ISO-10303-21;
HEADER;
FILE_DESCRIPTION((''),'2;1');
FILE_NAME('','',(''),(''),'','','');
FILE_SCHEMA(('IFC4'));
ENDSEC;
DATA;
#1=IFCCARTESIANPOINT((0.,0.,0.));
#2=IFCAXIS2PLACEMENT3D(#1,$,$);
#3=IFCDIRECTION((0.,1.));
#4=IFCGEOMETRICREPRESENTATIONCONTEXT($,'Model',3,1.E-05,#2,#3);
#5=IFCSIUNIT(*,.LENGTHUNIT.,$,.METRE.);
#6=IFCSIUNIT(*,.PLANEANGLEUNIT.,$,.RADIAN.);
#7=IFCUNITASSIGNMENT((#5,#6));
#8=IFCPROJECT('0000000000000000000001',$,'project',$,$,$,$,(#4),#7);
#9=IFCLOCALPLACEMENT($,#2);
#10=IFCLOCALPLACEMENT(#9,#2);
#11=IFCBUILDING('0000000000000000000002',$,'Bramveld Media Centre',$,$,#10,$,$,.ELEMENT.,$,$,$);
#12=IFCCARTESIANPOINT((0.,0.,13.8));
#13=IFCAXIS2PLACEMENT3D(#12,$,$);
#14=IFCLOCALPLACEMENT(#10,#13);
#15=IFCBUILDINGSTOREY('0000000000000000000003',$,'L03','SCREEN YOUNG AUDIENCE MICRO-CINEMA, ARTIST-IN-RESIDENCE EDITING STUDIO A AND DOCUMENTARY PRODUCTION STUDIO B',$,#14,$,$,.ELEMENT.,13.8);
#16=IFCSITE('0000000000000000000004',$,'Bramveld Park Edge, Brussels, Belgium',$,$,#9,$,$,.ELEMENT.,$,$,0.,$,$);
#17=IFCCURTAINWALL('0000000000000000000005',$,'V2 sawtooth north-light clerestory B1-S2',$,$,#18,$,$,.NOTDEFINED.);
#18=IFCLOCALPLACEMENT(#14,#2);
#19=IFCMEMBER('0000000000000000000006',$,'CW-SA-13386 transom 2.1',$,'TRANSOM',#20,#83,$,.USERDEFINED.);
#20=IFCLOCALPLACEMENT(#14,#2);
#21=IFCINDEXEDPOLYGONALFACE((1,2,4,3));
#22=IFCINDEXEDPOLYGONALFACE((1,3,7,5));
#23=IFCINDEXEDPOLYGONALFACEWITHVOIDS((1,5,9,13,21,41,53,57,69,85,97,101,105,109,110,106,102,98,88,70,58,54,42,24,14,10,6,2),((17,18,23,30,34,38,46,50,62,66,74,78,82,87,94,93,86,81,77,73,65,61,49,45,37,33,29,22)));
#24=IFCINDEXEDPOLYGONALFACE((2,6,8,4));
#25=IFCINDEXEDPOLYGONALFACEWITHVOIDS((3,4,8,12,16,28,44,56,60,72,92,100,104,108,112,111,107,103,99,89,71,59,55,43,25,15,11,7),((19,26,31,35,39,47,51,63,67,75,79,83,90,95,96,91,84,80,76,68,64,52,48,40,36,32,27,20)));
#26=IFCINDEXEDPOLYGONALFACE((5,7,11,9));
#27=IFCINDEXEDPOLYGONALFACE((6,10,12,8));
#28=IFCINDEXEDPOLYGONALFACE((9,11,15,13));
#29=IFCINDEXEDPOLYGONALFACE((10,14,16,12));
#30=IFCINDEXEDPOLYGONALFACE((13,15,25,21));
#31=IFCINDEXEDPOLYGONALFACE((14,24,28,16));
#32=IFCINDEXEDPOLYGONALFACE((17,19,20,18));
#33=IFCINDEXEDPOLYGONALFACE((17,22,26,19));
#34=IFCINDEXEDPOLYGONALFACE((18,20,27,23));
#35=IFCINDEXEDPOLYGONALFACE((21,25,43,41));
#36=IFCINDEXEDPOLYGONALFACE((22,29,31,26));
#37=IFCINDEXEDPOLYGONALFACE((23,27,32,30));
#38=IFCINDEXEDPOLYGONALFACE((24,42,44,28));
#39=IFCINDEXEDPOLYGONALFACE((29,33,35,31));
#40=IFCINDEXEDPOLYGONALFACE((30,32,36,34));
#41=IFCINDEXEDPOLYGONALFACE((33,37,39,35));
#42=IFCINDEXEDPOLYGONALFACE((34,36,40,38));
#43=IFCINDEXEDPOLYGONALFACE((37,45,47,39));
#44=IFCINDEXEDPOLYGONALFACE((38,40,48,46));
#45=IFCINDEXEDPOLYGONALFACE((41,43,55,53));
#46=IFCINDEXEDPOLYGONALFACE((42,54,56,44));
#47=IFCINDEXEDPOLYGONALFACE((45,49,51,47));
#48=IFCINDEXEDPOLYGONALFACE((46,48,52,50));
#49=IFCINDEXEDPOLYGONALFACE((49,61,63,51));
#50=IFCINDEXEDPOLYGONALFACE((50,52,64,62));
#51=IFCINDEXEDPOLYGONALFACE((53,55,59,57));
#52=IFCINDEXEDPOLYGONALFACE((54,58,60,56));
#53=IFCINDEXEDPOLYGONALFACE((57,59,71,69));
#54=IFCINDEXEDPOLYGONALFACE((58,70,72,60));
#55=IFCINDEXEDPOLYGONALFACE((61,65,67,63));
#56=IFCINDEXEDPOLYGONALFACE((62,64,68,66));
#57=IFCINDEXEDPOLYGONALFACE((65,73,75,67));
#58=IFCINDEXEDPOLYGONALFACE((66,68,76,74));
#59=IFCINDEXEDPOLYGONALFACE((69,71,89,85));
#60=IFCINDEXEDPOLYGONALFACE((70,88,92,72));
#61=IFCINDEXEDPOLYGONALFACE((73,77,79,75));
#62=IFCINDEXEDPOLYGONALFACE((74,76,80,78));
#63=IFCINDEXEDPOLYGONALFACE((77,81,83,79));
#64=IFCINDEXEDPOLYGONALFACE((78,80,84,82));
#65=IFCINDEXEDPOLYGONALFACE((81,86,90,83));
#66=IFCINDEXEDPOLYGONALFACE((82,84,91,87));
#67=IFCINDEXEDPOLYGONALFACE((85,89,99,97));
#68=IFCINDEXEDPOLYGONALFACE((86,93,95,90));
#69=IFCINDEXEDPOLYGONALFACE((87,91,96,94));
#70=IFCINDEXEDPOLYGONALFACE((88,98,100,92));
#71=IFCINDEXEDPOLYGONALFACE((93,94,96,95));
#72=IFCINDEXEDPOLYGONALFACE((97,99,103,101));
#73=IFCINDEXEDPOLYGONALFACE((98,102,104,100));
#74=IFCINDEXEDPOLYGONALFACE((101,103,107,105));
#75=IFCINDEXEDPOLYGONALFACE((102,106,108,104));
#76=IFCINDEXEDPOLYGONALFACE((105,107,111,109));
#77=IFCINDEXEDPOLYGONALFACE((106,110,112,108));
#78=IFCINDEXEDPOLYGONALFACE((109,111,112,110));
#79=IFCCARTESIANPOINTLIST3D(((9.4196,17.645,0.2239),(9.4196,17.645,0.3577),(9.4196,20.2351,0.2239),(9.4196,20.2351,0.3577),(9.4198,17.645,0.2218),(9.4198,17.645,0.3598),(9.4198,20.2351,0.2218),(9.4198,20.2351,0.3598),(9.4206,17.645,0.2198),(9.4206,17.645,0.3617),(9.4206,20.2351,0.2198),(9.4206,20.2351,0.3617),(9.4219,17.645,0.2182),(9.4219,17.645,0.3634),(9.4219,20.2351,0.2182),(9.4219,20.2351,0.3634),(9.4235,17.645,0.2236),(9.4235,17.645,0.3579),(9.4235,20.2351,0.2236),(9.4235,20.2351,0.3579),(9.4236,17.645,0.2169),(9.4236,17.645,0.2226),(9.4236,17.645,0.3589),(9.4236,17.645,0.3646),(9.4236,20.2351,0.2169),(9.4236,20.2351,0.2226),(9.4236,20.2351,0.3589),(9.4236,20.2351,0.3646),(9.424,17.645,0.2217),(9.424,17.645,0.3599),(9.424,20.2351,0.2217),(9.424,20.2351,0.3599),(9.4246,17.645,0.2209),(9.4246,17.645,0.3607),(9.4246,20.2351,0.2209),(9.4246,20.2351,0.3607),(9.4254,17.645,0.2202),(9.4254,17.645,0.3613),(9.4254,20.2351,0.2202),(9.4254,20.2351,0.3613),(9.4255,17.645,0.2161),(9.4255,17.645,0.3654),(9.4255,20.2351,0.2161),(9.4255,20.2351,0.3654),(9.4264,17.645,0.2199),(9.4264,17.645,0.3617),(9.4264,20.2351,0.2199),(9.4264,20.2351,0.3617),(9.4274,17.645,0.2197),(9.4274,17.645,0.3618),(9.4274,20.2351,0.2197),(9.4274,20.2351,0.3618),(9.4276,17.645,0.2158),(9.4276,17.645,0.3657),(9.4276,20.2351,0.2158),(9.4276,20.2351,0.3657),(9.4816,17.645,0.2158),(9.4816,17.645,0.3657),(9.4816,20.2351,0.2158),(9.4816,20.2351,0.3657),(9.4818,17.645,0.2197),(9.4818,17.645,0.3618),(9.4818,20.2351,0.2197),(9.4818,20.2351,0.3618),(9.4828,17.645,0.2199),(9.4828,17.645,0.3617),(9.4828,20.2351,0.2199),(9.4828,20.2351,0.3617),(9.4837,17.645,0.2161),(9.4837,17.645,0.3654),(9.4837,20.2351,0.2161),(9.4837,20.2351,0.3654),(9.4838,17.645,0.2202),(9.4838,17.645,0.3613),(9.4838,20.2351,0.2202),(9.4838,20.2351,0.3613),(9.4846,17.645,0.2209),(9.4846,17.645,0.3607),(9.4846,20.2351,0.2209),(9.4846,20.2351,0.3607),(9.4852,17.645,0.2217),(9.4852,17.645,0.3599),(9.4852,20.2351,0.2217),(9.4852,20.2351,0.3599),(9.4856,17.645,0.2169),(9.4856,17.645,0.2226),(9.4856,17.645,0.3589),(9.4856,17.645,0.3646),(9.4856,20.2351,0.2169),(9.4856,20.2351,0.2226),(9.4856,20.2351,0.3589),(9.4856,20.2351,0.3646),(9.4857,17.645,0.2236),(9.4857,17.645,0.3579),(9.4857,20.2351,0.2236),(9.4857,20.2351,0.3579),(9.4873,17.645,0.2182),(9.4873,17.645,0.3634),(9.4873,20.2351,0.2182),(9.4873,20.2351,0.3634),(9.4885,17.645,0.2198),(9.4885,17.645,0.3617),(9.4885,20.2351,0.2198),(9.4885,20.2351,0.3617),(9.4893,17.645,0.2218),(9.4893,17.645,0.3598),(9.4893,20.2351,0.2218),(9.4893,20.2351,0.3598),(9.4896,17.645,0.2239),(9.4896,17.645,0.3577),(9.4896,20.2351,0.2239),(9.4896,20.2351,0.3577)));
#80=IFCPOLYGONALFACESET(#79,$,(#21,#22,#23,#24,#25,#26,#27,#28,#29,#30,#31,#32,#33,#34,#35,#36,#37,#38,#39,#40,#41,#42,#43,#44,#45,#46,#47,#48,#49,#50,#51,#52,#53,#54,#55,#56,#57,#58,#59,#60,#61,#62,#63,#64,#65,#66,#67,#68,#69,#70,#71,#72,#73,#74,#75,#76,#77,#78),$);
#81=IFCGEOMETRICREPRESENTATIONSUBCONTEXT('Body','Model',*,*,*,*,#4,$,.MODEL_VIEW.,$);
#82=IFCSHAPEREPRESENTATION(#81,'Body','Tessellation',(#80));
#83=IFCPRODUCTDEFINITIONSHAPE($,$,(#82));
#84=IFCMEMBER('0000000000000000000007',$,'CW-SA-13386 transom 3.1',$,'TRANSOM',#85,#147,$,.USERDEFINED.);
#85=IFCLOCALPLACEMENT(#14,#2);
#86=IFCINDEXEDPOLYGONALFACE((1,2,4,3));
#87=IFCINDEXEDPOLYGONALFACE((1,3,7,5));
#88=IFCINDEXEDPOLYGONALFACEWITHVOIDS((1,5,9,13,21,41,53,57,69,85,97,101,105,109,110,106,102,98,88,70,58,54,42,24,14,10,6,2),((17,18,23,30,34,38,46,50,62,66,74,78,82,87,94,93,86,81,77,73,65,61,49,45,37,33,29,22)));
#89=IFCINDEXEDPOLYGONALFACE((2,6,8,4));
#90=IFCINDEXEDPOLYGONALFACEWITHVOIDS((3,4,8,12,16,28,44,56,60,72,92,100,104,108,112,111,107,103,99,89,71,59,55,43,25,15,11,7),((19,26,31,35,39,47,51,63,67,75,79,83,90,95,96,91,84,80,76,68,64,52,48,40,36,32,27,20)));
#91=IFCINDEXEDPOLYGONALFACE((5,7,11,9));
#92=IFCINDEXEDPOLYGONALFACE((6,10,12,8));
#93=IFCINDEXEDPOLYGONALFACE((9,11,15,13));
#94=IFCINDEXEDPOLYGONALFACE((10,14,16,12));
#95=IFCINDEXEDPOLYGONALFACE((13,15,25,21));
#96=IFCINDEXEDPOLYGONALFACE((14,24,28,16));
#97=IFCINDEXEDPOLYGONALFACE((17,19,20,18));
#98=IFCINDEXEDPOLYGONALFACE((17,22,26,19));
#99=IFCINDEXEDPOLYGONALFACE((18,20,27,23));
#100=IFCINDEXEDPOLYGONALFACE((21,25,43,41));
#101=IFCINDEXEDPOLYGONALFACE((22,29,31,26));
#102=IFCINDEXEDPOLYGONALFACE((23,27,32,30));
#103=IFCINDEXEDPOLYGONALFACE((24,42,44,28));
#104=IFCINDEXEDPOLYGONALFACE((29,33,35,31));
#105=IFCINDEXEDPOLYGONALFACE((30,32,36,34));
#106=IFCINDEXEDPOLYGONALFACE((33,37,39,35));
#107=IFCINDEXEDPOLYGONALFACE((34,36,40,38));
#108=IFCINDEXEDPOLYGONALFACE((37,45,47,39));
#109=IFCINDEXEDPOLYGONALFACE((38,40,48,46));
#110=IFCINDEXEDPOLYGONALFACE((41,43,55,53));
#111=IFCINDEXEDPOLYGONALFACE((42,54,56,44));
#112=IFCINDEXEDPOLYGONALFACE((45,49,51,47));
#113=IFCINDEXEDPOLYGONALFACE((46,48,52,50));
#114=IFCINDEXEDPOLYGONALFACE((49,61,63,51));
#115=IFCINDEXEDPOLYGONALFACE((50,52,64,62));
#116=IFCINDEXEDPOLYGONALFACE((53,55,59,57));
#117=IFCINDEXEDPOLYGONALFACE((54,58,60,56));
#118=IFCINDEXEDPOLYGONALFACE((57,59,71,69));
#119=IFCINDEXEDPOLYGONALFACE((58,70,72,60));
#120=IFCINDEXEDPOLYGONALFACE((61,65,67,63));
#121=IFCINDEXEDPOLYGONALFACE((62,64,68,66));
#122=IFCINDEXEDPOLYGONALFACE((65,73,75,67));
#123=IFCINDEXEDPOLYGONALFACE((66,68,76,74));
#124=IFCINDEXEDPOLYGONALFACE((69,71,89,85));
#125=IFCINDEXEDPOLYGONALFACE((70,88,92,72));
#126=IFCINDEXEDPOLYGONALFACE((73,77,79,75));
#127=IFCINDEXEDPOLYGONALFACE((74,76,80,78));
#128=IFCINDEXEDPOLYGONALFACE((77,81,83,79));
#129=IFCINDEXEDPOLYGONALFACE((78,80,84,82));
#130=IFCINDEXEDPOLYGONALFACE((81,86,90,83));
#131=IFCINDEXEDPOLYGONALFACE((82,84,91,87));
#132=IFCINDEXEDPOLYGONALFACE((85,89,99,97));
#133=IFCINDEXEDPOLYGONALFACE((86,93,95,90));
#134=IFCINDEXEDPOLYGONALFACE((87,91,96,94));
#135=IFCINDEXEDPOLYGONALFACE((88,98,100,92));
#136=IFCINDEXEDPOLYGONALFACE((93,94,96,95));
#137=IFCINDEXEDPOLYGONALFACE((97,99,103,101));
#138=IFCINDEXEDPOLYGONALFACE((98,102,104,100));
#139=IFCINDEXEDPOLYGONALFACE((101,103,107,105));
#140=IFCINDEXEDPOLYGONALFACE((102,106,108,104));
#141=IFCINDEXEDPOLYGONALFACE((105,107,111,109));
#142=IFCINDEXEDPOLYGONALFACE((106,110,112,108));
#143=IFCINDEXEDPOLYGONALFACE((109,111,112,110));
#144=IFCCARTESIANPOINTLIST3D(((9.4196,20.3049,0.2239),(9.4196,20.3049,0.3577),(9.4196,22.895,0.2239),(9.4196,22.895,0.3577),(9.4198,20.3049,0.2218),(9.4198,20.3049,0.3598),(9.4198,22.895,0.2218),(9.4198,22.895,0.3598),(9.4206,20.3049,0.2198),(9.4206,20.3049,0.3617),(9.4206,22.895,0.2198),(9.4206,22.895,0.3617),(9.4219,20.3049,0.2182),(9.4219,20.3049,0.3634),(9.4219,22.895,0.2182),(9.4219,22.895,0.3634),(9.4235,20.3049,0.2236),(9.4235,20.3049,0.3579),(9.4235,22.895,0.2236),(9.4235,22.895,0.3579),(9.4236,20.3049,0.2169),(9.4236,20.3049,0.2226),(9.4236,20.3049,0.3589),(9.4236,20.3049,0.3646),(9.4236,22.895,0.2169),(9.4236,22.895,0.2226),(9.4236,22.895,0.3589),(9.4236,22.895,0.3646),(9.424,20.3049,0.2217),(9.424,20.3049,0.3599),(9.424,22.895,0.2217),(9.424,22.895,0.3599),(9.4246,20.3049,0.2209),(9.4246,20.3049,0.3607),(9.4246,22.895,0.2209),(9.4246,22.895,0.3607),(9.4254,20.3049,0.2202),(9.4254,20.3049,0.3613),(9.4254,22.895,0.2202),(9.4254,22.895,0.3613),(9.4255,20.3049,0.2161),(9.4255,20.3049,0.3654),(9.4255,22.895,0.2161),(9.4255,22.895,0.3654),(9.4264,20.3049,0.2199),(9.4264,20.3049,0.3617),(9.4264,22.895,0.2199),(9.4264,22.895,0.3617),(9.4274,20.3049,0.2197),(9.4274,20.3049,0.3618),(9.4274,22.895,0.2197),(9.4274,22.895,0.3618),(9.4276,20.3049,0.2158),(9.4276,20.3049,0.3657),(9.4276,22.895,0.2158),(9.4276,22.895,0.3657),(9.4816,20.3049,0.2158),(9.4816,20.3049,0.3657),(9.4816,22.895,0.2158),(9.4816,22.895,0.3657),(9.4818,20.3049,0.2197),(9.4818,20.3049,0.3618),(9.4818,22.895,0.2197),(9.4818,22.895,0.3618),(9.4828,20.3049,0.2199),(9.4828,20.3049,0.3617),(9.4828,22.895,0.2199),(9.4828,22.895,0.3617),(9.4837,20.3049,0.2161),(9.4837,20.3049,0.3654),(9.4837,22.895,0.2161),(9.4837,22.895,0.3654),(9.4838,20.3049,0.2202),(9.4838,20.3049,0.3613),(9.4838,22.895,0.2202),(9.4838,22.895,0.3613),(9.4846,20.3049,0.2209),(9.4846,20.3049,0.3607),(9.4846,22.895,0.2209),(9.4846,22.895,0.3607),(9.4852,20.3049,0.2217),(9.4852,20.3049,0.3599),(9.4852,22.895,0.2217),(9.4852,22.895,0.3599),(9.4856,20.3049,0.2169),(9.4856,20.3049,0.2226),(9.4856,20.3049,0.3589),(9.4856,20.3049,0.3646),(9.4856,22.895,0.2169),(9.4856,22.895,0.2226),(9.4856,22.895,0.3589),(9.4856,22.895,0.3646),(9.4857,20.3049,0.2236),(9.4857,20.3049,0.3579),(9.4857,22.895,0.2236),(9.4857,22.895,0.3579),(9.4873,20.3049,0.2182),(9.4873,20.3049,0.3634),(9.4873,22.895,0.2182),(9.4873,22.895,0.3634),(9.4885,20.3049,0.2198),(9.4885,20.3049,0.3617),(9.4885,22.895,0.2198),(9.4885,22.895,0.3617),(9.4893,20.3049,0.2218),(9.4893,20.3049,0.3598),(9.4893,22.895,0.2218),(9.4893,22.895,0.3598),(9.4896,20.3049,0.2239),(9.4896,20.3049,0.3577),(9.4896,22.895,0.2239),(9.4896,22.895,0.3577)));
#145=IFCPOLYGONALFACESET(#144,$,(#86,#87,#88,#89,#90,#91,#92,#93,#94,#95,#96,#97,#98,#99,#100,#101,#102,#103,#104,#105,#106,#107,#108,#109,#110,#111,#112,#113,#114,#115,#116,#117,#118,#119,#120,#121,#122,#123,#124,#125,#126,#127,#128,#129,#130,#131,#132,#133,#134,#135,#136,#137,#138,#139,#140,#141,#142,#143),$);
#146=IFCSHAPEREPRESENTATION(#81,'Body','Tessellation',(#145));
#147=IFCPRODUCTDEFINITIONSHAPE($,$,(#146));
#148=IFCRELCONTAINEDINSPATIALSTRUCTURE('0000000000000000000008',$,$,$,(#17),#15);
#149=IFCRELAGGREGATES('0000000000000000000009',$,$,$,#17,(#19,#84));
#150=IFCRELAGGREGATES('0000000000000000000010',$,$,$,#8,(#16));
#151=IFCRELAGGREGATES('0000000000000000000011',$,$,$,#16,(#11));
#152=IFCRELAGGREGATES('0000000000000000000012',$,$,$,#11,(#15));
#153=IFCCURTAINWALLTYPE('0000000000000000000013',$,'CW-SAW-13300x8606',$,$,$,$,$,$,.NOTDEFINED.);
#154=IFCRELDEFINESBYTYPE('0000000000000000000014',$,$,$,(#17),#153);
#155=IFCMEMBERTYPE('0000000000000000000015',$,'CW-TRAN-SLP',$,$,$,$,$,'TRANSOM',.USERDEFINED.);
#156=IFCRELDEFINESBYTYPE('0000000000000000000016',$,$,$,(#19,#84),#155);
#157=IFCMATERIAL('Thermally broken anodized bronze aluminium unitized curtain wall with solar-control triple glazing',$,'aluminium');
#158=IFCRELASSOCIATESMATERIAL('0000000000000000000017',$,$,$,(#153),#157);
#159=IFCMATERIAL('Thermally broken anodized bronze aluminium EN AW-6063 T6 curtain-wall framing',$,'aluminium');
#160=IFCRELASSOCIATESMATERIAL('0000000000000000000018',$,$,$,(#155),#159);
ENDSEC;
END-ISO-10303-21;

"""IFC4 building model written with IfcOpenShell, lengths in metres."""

from ifc_helpers import new_model, si_unit, direction, frame, origin, origin_2d, place, context, subcontext, project, spatial, hollow_rectangle, extrude, material, material_profile, profile_set, type_object, element, aggregate, save


model = new_model("IFC4")

# Units and contexts
model_context = context("Model", 3, precision=1e-05, world=origin(), true_north=direction((0.0, 1.0)))
body_context = subcontext(model_context, "Body", "Model", "MODEL_VIEW")
ifc_project = project(units=[si_unit("LENGTHUNIT", "METRE"), si_unit("PLANEANGLEUNIT", "RADIAN")], contexts=[model_context])

# Site, building, storey
site_placement = place(None, origin())
site = spatial("IfcSite", under=ifc_project, at=site_placement, Name="Bramveld Park Edge, Brussels, Belgium", CompositionType="ELEMENT", RefElevation=0.0)
building_placement = place(site_placement, origin())
building = spatial("IfcBuilding", under=site, at=building_placement, Name="Bramveld Media Centre", CompositionType="ELEMENT")
storey_placement = place(building_placement, frame((0.0, 0.0, 13.8)))
storey = spatial("IfcBuildingStorey", under=building, at=storey_placement, Name="L03", Description="SCREEN YOUNG AUDIENCE MICRO-CINEMA, ARTIST-IN-RESIDENCE EDITING STUDIO A AND DOCUMENTARY PRODUCTION STUDIO B", CompositionType="ELEMENT", Elevation=13.8)

# Shared definitions
ifc_material_1 = material(Name="Thermally broken anodized bronze aluminium unitized curtain wall with solar-control triple glazing", Category="aluminium")
curtain_wall_type = type_object("IfcCurtainWallType", Name="CW-SAW-13300x8606", PredefinedType="NOTDEFINED", material=ifc_material_1)

# Curtain wall, members
curtain_wall_1_placement = place(storey_placement, origin())
curtain_wall_1 = element("IfcCurtainWall", 1, at=curtain_wall_1_placement, inside=storey, type_object=curtain_wall_type, Name="V2 sawtooth north-light clerestory B1-S2", PredefinedType="NOTDEFINED")
ifc_material_2 = material(Name="Thermally broken anodized bronze aluminium EN AW-6063 T6 curtain-wall framing", Category="aluminium")
ifc_material_profile_1 = material_profile(ifc_material_2, hollow_rectangle(XDim=0.0701, YDim=0.1499, WallThickness=0.0039, InnerFilletRadius=0.0039, OuterFilletRadius=0.0081, at=origin_2d()), Name="AL-TRAN 70x150")
ifc_profile_set_1 = profile_set([ifc_material_profile_1], Name="Thermally broken anodized bronze aluminium EN AW-6063 T6 curtain-wall framing")
member_type_1 = type_object("IfcMemberType", Name="CW-TRAN-SLP", ElementType="TRANSOM", PredefinedType="USERDEFINED", material=ifc_profile_set_1)
member_1_placement = place(storey_placement, frame((9.4546, 17.645, 0.2908), z_axis=(0.0, 1.0, 0.0), x_axis=(-1.0, 0.0, 0.0)))
member_1 = element("IfcMember", 2, at=member_1_placement, type_object=member_type_1, Name="CW-SA-13386 transom 2.1", ObjectType="TRANSOM", PredefinedType="USERDEFINED", context=body_context, shape_type="SweptSolid", body=[
    extrude(hollow_rectangle(XDim=0.0701, YDim=0.1499, WallThickness=0.0039, InnerFilletRadius=0.0039, OuterFilletRadius=0.0081, at=origin_2d()), origin(), (0.0, 0.0, 1.0), 2.5901),
])
member_2_placement = place(storey_placement, frame((9.4546, 20.3049, 0.2908), z_axis=(0.0, 1.0, 0.0), x_axis=(-1.0, 0.0, 0.0)))
member_2 = element("IfcMember", 3, at=member_2_placement, type_object=member_type_1, Name="CW-SA-13386 transom 3.1", ObjectType="TRANSOM", PredefinedType="USERDEFINED", context=body_context, shape_type="SweptSolid", body=[
    extrude(hollow_rectangle(XDim=0.0701, YDim=0.1499, WallThickness=0.0039, InnerFilletRadius=0.0039, OuterFilletRadius=0.0081, at=origin_2d()), origin(), (0.0, 0.0, 1.0), 2.5901),
])
aggregate(curtain_wall_1, [member_1, member_2])

save(model, "model.ifc")
